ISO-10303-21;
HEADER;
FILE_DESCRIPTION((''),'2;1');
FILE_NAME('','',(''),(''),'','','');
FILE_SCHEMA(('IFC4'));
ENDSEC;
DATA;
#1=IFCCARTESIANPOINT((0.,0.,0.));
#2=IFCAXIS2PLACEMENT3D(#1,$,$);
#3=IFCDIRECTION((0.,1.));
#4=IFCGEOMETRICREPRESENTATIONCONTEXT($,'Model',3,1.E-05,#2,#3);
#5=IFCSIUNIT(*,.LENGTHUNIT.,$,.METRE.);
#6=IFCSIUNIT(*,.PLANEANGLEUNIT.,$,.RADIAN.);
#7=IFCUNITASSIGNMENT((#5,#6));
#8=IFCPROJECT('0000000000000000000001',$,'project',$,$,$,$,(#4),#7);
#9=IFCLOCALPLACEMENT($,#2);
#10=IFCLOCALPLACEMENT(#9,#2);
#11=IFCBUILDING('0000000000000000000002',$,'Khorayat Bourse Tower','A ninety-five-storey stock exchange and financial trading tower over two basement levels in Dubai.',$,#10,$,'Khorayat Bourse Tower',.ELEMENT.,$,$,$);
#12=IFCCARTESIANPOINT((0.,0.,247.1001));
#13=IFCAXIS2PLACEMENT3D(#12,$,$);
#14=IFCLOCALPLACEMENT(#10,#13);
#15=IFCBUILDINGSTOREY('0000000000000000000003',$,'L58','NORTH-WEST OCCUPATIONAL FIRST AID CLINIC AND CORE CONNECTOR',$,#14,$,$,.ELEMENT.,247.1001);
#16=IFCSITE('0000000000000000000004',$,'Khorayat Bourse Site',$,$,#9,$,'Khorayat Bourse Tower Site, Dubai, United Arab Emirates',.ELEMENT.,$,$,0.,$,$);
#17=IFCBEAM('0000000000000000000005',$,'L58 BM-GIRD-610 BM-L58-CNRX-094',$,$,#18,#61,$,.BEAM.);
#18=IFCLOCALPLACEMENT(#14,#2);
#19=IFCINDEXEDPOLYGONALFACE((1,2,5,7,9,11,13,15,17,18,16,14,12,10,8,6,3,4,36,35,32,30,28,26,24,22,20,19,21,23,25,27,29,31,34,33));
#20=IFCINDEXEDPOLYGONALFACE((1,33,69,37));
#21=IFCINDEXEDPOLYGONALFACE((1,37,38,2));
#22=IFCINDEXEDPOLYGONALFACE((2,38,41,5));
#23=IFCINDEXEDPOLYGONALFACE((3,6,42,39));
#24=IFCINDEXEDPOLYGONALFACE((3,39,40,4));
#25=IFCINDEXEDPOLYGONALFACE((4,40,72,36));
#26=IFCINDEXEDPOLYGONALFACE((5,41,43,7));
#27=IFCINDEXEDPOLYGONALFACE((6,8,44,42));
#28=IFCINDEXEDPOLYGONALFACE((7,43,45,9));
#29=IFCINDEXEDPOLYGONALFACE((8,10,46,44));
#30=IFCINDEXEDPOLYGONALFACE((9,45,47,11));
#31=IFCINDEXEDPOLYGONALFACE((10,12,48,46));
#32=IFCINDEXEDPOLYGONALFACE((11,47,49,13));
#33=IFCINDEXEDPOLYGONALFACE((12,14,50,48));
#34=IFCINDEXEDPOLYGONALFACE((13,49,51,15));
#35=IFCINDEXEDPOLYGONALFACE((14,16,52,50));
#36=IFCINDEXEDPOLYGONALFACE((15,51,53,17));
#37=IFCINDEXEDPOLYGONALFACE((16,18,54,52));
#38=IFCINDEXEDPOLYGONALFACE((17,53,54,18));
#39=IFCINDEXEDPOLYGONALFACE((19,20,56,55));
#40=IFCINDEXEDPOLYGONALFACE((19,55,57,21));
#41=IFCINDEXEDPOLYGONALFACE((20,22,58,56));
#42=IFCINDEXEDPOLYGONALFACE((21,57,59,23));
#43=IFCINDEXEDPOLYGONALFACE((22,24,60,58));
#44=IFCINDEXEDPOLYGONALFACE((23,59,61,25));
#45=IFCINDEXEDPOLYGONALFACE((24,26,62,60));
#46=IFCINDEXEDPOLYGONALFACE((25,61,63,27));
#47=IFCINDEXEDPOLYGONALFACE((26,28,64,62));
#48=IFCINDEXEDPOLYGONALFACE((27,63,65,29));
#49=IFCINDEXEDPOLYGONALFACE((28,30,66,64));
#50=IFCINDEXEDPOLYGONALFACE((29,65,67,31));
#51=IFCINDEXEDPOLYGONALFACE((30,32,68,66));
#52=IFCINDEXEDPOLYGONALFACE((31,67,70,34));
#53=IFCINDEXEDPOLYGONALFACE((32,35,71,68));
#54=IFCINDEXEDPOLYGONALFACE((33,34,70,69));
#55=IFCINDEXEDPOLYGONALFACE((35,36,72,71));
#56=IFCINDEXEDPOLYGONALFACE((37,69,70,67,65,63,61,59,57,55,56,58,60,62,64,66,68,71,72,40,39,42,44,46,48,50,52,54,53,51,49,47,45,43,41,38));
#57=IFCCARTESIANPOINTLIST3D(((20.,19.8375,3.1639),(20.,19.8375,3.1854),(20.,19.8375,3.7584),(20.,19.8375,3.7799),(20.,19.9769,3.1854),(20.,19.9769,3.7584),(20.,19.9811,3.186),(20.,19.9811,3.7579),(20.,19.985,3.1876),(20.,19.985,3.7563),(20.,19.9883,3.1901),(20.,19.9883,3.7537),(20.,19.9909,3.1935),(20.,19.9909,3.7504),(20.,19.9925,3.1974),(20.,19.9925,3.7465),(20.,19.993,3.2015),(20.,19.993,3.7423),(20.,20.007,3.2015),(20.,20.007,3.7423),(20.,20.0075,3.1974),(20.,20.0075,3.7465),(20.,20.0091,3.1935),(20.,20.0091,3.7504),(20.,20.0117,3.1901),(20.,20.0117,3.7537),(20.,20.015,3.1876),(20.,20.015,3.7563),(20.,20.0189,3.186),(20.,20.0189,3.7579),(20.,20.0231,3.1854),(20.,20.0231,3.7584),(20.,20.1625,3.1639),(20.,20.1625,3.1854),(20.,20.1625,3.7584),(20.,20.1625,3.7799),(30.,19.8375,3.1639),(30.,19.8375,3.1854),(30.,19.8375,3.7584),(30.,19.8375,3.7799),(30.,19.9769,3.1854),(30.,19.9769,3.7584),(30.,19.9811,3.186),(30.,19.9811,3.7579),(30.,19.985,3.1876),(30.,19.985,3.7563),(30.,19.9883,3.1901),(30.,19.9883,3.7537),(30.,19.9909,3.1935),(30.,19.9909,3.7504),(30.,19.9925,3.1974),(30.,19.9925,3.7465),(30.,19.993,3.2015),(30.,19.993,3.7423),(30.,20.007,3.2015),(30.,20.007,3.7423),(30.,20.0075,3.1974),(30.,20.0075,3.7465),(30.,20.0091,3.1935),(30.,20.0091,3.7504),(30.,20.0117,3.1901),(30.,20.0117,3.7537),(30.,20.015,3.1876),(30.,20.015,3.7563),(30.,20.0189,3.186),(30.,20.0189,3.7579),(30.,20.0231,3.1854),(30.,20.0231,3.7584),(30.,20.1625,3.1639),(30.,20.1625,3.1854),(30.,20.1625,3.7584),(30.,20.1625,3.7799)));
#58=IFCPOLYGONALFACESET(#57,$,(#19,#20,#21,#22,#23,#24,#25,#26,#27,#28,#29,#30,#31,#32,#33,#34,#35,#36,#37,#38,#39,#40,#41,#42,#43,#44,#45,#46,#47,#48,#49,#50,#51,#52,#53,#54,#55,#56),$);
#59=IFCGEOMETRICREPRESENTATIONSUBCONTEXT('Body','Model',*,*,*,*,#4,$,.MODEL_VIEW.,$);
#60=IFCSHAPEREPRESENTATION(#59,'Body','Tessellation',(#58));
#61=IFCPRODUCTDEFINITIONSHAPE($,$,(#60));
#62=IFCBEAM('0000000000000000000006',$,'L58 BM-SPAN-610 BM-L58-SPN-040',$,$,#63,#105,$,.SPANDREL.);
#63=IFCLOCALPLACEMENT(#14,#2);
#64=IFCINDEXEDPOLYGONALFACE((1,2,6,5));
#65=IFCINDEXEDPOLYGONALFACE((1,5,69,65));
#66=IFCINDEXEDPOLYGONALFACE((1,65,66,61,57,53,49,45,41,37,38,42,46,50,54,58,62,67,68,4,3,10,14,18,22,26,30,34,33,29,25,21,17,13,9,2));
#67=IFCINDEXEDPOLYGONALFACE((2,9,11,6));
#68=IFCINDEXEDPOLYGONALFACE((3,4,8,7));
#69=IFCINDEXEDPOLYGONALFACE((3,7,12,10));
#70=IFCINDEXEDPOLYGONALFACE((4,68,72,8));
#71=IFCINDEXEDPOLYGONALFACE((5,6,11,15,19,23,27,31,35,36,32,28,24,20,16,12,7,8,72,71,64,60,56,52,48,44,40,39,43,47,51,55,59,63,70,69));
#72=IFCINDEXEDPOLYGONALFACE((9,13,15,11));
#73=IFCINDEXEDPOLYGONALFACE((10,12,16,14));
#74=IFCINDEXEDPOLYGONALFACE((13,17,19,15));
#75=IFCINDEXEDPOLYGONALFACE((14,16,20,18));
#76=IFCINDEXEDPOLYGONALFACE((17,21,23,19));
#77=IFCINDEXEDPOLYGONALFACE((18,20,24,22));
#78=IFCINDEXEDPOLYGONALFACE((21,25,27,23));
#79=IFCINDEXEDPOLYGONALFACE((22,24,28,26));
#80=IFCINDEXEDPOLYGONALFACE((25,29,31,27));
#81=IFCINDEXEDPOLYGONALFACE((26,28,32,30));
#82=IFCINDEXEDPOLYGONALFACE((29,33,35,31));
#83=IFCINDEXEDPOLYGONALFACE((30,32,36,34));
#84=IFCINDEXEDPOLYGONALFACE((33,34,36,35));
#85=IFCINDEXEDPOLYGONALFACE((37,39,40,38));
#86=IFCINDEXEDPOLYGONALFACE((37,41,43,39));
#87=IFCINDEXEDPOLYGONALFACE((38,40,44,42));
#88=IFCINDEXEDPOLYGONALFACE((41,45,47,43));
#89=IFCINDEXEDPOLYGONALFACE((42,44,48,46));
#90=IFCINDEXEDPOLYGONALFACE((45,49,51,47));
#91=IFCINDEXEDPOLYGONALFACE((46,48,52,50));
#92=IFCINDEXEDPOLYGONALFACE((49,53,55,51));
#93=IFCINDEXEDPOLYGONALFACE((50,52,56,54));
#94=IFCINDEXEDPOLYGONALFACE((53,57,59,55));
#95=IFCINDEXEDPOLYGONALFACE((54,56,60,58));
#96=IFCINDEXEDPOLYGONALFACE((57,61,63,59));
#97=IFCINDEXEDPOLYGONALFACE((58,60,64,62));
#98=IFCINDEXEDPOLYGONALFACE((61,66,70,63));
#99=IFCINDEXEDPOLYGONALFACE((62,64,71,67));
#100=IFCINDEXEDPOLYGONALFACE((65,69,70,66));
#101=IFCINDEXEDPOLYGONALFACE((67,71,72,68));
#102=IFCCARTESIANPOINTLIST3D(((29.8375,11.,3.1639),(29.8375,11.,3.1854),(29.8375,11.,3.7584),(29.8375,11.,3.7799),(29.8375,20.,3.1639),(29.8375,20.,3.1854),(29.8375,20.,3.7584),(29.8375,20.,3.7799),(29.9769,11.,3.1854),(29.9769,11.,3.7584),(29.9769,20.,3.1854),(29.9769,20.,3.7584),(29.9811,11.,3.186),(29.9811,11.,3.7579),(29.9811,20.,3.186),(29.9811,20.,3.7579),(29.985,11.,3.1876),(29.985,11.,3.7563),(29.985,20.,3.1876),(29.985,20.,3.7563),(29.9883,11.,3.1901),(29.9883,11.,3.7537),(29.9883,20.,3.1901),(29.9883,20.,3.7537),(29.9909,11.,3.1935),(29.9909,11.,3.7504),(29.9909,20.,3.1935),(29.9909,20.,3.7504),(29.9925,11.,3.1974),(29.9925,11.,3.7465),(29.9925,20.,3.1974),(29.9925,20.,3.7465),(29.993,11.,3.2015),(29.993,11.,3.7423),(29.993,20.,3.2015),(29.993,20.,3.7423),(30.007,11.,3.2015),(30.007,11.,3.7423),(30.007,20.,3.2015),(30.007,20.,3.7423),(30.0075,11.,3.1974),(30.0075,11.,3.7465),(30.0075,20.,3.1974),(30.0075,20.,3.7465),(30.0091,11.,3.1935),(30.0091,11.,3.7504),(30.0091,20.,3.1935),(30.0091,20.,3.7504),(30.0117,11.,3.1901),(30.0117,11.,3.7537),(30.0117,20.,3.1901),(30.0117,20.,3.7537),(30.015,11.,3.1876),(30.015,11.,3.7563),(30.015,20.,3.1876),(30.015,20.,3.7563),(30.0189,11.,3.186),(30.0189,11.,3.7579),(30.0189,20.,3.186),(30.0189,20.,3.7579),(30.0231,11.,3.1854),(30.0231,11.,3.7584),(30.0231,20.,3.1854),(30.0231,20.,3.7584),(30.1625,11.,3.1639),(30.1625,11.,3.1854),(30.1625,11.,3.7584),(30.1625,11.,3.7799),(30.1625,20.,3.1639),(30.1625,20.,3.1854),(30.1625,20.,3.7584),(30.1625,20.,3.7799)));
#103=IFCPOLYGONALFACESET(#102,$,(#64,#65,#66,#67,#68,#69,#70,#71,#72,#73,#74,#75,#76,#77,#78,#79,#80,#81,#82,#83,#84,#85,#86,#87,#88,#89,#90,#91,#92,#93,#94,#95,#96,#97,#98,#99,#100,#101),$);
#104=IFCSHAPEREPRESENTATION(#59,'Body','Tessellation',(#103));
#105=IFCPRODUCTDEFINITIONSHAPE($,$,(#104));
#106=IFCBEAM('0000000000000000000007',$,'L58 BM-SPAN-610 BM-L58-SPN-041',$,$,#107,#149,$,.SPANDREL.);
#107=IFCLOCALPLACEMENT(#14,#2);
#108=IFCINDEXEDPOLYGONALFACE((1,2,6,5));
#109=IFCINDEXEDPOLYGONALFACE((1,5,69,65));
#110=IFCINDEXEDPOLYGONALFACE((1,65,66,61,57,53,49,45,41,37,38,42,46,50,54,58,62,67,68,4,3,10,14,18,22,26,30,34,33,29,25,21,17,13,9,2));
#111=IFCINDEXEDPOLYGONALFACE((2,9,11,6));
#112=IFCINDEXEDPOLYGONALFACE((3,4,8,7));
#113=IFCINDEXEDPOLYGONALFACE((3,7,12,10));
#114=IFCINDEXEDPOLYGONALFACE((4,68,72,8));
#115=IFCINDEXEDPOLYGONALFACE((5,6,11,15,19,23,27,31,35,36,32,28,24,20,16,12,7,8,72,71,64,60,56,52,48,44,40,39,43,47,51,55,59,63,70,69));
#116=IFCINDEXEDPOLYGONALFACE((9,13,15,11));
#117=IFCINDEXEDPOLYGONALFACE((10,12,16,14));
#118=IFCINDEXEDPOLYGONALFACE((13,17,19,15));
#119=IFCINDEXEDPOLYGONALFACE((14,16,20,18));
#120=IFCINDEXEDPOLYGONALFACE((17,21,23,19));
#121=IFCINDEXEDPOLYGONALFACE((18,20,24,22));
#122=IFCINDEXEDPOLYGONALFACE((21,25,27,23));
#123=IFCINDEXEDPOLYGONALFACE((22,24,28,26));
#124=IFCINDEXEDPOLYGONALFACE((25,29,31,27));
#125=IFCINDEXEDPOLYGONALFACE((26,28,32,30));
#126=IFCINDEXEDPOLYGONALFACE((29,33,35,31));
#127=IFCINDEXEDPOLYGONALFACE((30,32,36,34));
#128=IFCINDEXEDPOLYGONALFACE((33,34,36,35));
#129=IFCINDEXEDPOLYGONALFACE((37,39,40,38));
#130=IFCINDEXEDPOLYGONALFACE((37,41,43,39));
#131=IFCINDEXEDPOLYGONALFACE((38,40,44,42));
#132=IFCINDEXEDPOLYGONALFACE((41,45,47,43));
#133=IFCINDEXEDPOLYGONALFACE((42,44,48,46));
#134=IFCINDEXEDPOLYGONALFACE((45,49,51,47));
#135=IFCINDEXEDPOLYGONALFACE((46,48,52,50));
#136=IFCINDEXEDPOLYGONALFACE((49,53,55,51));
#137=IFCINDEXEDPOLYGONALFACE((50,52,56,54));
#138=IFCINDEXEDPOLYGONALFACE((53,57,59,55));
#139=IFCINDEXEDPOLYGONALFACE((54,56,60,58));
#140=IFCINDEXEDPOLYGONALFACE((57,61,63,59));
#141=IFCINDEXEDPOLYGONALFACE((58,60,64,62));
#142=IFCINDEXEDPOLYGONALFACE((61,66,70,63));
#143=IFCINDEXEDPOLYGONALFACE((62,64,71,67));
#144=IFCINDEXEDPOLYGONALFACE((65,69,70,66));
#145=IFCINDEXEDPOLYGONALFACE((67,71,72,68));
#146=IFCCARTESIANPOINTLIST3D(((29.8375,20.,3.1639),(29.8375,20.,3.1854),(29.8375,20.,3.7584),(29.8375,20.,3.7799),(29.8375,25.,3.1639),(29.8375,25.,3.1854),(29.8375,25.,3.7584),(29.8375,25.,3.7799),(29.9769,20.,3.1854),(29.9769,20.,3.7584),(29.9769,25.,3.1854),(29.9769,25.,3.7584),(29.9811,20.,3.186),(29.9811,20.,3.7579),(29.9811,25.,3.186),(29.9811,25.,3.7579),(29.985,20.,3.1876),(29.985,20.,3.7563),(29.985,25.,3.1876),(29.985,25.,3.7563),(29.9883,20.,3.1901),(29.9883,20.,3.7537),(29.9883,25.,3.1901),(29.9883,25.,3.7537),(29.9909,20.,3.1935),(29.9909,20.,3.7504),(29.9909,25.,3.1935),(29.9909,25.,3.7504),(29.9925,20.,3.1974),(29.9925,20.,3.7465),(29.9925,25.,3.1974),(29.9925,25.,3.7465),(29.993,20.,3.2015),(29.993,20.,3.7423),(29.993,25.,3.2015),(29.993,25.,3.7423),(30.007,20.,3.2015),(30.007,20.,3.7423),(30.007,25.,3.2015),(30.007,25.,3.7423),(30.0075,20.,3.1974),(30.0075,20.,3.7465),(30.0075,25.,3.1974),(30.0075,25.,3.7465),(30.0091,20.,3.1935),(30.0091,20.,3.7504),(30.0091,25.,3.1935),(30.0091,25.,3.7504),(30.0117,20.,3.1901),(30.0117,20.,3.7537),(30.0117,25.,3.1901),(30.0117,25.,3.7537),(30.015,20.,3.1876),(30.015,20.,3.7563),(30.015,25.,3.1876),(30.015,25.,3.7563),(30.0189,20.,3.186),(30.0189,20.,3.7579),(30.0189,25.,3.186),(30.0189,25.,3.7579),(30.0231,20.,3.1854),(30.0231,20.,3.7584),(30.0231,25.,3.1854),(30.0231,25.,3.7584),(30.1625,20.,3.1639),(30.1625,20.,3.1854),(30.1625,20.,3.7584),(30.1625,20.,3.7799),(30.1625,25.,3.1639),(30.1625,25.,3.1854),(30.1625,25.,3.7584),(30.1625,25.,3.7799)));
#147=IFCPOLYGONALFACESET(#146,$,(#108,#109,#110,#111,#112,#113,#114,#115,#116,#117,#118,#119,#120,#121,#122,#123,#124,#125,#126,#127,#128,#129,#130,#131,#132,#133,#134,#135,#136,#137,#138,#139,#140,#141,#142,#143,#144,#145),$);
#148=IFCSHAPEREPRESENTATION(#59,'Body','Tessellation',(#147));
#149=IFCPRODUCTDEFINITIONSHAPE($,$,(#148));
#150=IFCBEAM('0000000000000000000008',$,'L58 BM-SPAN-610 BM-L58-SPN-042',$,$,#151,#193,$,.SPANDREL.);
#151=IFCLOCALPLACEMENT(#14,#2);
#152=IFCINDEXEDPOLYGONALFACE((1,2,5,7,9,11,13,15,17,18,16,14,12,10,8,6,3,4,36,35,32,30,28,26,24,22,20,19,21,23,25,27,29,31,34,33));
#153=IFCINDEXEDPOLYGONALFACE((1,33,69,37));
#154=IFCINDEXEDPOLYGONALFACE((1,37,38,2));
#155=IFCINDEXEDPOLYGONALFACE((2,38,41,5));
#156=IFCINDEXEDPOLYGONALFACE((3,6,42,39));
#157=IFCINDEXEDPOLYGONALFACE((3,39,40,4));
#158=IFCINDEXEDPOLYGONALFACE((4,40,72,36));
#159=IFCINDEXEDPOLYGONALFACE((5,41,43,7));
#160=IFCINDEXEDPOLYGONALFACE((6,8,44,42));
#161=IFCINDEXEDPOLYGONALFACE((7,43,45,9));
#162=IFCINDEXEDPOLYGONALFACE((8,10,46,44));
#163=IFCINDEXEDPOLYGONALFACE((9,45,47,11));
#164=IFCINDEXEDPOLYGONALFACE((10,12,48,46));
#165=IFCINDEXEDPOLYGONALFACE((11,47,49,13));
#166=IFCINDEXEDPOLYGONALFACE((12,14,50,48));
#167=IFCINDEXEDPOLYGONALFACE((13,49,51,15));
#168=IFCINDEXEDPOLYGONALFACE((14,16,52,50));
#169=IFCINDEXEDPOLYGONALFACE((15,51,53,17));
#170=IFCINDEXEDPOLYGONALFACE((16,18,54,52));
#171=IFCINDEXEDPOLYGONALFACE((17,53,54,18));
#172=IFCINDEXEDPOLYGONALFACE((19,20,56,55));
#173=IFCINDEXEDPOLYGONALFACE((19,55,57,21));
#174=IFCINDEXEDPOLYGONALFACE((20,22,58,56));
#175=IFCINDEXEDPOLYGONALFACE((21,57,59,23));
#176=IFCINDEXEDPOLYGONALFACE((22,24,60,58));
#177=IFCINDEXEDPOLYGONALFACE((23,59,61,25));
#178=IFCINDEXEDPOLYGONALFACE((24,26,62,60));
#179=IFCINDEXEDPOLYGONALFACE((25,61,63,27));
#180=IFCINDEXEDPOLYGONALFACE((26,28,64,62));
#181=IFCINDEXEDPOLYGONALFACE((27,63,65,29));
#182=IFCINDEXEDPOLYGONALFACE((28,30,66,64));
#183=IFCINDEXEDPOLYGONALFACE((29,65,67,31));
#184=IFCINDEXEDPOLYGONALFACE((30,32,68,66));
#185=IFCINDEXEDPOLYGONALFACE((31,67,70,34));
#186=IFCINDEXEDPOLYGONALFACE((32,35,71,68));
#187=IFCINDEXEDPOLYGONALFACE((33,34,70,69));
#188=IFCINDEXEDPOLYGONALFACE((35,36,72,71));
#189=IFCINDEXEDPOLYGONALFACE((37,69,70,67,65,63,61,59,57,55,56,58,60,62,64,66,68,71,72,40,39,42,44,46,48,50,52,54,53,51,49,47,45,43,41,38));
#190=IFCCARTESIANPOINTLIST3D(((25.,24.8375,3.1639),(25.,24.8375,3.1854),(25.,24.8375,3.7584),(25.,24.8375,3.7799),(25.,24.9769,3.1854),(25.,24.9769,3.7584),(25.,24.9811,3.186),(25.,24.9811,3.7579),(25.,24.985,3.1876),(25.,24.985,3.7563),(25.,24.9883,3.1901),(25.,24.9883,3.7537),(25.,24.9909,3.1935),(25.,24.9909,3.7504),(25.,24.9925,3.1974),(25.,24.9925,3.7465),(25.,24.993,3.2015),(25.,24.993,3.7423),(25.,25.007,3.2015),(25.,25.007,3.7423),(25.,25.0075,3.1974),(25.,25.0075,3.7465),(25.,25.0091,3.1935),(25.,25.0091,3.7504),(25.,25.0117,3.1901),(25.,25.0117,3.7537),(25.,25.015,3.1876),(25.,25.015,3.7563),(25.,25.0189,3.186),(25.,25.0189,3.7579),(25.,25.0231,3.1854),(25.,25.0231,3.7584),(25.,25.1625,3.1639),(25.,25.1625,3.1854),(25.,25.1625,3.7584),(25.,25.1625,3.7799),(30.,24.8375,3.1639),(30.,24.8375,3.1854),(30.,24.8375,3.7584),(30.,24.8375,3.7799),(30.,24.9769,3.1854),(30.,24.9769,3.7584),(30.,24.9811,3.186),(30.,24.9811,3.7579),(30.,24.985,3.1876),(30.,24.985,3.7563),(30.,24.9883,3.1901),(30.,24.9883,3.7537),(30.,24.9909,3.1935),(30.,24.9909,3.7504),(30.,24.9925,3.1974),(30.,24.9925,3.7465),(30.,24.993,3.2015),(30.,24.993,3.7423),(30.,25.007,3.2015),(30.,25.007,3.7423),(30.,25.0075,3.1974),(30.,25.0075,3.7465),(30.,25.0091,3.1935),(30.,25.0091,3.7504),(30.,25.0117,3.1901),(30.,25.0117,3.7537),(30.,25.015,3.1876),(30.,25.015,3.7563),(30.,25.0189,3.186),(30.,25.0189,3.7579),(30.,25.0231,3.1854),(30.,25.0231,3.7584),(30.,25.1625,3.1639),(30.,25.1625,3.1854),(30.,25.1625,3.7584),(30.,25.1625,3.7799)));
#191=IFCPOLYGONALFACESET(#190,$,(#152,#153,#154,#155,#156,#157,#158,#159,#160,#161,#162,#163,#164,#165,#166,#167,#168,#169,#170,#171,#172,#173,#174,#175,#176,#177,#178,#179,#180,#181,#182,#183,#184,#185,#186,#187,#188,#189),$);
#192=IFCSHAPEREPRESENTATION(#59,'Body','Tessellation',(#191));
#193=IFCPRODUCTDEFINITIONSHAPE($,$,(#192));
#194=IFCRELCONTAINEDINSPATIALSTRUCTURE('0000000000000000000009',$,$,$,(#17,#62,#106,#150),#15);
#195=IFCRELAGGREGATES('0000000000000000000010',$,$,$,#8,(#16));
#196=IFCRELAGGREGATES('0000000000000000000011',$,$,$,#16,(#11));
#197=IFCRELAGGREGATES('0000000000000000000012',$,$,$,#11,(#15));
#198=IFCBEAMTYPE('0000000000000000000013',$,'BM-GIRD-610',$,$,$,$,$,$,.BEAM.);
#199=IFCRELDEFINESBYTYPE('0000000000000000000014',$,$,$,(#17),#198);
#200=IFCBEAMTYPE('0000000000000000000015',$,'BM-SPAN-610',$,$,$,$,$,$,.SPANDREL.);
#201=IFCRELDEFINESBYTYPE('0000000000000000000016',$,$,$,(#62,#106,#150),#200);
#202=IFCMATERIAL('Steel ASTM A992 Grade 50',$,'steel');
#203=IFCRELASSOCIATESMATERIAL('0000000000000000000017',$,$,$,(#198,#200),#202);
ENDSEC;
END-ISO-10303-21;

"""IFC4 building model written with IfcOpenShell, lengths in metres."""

from ifc_helpers import new_model, si_unit, direction, frame, origin, origin_2d, place, context, subcontext, project, spatial, i_section, extrude, source, transform, mapped, material, material_profile, profile_set, type_object, element, save


model = new_model("IFC4")

# Units and contexts
model_context = context("Model", 3, precision=1e-05, world=origin(), true_north=direction((0.0, 1.0)))
body_context = subcontext(model_context, "Body", "Model", "MODEL_VIEW")
ifc_project = project(units=[si_unit("LENGTHUNIT", "METRE"), si_unit("PLANEANGLEUNIT", "RADIAN")], contexts=[model_context])

# Site, building, storey
site_placement = place(None, origin())
site = spatial("IfcSite", under=ifc_project, at=site_placement, Name="Khorayat Bourse Site", LongName="Khorayat Bourse Tower Site, Dubai, United Arab Emirates", CompositionType="ELEMENT", RefElevation=0.0)
building_placement = place(site_placement, origin())
building = spatial("IfcBuilding", under=site, at=building_placement, Name="Khorayat Bourse Tower", Description="A ninety-five-storey stock exchange and financial trading tower over two basement levels in Dubai.", LongName="Khorayat Bourse Tower", CompositionType="ELEMENT")
storey_placement = place(building_placement, frame((0.0, 0.0, 247.1001)))
storey = spatial("IfcBuildingStorey", under=building, at=storey_placement, Name="L58", Description="NORTH-WEST OCCUPATIONAL FIRST AID CLINIC AND CORE CONNECTOR", CompositionType="ELEMENT", Elevation=247.1001)

# Beams
ifc_material_1 = material(Name="Steel ASTM A992 Grade 50", Category="steel")
ifc_material_profile_1 = material_profile(ifc_material_1, i_section(OverallWidth=0.325, OverallDepth=0.616, WebThickness=0.0139, FlangeThickness=0.0215, FilletRadius=0.0161, at=origin_2d()), Name="W610X174")
ifc_profile_set_1 = profile_set([ifc_material_profile_1], Name="Steel ASTM A992 Grade 50")
beam_type_1 = type_object("IfcBeamType", Name="BM-GIRD-610", PredefinedType="BEAM", material=ifc_profile_set_1)
shared_shape_1 = source(origin(), body_context, "Body", "SweptSolid", [
    extrude(i_section(OverallWidth=0.325, OverallDepth=0.616, WebThickness=0.0139, FlangeThickness=0.0215, FilletRadius=0.0161, at=origin_2d()), origin(), (0.0, 0.0, 1.0), 10.0),
])
beam_1_placement = place(storey_placement, frame((20.0, 20.0, 3.4719), z_axis=(1.0, 0.0, 0.0), x_axis=(0.0, 1.0, 0.0)))
element("IfcBeam", 1, at=beam_1_placement, inside=storey, type_object=beam_type_1, Name="L58 BM-GIRD-610 BM-L58-CNRX-094", PredefinedType="BEAM", context=body_context, shape_type="MappedRepresentation", body=[
    mapped(shared_shape_1, transform((0.0, 0.0, 0.0), scale=1.0)),
])
ifc_material_profile_2 = material_profile(ifc_material_1, i_section(OverallWidth=0.325, OverallDepth=0.616, WebThickness=0.0139, FlangeThickness=0.0215, FilletRadius=0.0161, at=origin_2d()), Name="W610X174")
ifc_profile_set_2 = profile_set([ifc_material_profile_2], Name="Steel ASTM A992 Grade 50")
beam_type_2 = type_object("IfcBeamType", Name="BM-SPAN-610", PredefinedType="SPANDREL", material=ifc_profile_set_2)
shared_shape_2 = source(origin(), body_context, "Body", "SweptSolid", [
    extrude(i_section(OverallWidth=0.325, OverallDepth=0.616, WebThickness=0.0139, FlangeThickness=0.0215, FilletRadius=0.0161, at=origin_2d()), origin(), (0.0, 0.0, 1.0), 9.0),
])
beam_2_placement = place(storey_placement, frame((30.0, 11.0, 3.4719), z_axis=(0.0, 1.0, 0.0), x_axis=(-1.0, 0.0, 0.0)))
element("IfcBeam", 2, at=beam_2_placement, inside=storey, type_object=beam_type_2, Name="L58 BM-SPAN-610 BM-L58-SPN-040", PredefinedType="SPANDREL", context=body_context, shape_type="MappedRepresentation", body=[
    mapped(shared_shape_2, transform((0.0, 0.0, 0.0), scale=1.0)),
])
shared_shape_3 = source(origin(), body_context, "Body", "SweptSolid", [
    extrude(i_section(OverallWidth=0.325, OverallDepth=0.616, WebThickness=0.0139, FlangeThickness=0.0215, FilletRadius=0.0161, at=origin_2d()), origin(), (0.0, 0.0, 1.0), 5.0),
])
for number, where, z_axis, x_axis, name in (
    (3, (30.0, 20.0, 3.4719), (0.0, 1.0, 0.0), (-1.0, 0.0, 0.0), "L58 BM-SPAN-610 BM-L58-SPN-041"),
    (4, (25.0, 25.0, 3.4719), (1.0, 0.0, 0.0), (0.0, 1.0, 0.0), "L58 BM-SPAN-610 BM-L58-SPN-042"),
):
    element("IfcBeam", number, at=place(storey_placement, frame(where, z_axis=z_axis, x_axis=x_axis)), inside=storey, type_object=beam_type_2, Name=name, PredefinedType="SPANDREL", context=body_context, shape_type="MappedRepresentation", body=[
        mapped(shared_shape_3, transform((0.0, 0.0, 0.0), scale=1.0)),
    ])

save(model, "model.ifc")
